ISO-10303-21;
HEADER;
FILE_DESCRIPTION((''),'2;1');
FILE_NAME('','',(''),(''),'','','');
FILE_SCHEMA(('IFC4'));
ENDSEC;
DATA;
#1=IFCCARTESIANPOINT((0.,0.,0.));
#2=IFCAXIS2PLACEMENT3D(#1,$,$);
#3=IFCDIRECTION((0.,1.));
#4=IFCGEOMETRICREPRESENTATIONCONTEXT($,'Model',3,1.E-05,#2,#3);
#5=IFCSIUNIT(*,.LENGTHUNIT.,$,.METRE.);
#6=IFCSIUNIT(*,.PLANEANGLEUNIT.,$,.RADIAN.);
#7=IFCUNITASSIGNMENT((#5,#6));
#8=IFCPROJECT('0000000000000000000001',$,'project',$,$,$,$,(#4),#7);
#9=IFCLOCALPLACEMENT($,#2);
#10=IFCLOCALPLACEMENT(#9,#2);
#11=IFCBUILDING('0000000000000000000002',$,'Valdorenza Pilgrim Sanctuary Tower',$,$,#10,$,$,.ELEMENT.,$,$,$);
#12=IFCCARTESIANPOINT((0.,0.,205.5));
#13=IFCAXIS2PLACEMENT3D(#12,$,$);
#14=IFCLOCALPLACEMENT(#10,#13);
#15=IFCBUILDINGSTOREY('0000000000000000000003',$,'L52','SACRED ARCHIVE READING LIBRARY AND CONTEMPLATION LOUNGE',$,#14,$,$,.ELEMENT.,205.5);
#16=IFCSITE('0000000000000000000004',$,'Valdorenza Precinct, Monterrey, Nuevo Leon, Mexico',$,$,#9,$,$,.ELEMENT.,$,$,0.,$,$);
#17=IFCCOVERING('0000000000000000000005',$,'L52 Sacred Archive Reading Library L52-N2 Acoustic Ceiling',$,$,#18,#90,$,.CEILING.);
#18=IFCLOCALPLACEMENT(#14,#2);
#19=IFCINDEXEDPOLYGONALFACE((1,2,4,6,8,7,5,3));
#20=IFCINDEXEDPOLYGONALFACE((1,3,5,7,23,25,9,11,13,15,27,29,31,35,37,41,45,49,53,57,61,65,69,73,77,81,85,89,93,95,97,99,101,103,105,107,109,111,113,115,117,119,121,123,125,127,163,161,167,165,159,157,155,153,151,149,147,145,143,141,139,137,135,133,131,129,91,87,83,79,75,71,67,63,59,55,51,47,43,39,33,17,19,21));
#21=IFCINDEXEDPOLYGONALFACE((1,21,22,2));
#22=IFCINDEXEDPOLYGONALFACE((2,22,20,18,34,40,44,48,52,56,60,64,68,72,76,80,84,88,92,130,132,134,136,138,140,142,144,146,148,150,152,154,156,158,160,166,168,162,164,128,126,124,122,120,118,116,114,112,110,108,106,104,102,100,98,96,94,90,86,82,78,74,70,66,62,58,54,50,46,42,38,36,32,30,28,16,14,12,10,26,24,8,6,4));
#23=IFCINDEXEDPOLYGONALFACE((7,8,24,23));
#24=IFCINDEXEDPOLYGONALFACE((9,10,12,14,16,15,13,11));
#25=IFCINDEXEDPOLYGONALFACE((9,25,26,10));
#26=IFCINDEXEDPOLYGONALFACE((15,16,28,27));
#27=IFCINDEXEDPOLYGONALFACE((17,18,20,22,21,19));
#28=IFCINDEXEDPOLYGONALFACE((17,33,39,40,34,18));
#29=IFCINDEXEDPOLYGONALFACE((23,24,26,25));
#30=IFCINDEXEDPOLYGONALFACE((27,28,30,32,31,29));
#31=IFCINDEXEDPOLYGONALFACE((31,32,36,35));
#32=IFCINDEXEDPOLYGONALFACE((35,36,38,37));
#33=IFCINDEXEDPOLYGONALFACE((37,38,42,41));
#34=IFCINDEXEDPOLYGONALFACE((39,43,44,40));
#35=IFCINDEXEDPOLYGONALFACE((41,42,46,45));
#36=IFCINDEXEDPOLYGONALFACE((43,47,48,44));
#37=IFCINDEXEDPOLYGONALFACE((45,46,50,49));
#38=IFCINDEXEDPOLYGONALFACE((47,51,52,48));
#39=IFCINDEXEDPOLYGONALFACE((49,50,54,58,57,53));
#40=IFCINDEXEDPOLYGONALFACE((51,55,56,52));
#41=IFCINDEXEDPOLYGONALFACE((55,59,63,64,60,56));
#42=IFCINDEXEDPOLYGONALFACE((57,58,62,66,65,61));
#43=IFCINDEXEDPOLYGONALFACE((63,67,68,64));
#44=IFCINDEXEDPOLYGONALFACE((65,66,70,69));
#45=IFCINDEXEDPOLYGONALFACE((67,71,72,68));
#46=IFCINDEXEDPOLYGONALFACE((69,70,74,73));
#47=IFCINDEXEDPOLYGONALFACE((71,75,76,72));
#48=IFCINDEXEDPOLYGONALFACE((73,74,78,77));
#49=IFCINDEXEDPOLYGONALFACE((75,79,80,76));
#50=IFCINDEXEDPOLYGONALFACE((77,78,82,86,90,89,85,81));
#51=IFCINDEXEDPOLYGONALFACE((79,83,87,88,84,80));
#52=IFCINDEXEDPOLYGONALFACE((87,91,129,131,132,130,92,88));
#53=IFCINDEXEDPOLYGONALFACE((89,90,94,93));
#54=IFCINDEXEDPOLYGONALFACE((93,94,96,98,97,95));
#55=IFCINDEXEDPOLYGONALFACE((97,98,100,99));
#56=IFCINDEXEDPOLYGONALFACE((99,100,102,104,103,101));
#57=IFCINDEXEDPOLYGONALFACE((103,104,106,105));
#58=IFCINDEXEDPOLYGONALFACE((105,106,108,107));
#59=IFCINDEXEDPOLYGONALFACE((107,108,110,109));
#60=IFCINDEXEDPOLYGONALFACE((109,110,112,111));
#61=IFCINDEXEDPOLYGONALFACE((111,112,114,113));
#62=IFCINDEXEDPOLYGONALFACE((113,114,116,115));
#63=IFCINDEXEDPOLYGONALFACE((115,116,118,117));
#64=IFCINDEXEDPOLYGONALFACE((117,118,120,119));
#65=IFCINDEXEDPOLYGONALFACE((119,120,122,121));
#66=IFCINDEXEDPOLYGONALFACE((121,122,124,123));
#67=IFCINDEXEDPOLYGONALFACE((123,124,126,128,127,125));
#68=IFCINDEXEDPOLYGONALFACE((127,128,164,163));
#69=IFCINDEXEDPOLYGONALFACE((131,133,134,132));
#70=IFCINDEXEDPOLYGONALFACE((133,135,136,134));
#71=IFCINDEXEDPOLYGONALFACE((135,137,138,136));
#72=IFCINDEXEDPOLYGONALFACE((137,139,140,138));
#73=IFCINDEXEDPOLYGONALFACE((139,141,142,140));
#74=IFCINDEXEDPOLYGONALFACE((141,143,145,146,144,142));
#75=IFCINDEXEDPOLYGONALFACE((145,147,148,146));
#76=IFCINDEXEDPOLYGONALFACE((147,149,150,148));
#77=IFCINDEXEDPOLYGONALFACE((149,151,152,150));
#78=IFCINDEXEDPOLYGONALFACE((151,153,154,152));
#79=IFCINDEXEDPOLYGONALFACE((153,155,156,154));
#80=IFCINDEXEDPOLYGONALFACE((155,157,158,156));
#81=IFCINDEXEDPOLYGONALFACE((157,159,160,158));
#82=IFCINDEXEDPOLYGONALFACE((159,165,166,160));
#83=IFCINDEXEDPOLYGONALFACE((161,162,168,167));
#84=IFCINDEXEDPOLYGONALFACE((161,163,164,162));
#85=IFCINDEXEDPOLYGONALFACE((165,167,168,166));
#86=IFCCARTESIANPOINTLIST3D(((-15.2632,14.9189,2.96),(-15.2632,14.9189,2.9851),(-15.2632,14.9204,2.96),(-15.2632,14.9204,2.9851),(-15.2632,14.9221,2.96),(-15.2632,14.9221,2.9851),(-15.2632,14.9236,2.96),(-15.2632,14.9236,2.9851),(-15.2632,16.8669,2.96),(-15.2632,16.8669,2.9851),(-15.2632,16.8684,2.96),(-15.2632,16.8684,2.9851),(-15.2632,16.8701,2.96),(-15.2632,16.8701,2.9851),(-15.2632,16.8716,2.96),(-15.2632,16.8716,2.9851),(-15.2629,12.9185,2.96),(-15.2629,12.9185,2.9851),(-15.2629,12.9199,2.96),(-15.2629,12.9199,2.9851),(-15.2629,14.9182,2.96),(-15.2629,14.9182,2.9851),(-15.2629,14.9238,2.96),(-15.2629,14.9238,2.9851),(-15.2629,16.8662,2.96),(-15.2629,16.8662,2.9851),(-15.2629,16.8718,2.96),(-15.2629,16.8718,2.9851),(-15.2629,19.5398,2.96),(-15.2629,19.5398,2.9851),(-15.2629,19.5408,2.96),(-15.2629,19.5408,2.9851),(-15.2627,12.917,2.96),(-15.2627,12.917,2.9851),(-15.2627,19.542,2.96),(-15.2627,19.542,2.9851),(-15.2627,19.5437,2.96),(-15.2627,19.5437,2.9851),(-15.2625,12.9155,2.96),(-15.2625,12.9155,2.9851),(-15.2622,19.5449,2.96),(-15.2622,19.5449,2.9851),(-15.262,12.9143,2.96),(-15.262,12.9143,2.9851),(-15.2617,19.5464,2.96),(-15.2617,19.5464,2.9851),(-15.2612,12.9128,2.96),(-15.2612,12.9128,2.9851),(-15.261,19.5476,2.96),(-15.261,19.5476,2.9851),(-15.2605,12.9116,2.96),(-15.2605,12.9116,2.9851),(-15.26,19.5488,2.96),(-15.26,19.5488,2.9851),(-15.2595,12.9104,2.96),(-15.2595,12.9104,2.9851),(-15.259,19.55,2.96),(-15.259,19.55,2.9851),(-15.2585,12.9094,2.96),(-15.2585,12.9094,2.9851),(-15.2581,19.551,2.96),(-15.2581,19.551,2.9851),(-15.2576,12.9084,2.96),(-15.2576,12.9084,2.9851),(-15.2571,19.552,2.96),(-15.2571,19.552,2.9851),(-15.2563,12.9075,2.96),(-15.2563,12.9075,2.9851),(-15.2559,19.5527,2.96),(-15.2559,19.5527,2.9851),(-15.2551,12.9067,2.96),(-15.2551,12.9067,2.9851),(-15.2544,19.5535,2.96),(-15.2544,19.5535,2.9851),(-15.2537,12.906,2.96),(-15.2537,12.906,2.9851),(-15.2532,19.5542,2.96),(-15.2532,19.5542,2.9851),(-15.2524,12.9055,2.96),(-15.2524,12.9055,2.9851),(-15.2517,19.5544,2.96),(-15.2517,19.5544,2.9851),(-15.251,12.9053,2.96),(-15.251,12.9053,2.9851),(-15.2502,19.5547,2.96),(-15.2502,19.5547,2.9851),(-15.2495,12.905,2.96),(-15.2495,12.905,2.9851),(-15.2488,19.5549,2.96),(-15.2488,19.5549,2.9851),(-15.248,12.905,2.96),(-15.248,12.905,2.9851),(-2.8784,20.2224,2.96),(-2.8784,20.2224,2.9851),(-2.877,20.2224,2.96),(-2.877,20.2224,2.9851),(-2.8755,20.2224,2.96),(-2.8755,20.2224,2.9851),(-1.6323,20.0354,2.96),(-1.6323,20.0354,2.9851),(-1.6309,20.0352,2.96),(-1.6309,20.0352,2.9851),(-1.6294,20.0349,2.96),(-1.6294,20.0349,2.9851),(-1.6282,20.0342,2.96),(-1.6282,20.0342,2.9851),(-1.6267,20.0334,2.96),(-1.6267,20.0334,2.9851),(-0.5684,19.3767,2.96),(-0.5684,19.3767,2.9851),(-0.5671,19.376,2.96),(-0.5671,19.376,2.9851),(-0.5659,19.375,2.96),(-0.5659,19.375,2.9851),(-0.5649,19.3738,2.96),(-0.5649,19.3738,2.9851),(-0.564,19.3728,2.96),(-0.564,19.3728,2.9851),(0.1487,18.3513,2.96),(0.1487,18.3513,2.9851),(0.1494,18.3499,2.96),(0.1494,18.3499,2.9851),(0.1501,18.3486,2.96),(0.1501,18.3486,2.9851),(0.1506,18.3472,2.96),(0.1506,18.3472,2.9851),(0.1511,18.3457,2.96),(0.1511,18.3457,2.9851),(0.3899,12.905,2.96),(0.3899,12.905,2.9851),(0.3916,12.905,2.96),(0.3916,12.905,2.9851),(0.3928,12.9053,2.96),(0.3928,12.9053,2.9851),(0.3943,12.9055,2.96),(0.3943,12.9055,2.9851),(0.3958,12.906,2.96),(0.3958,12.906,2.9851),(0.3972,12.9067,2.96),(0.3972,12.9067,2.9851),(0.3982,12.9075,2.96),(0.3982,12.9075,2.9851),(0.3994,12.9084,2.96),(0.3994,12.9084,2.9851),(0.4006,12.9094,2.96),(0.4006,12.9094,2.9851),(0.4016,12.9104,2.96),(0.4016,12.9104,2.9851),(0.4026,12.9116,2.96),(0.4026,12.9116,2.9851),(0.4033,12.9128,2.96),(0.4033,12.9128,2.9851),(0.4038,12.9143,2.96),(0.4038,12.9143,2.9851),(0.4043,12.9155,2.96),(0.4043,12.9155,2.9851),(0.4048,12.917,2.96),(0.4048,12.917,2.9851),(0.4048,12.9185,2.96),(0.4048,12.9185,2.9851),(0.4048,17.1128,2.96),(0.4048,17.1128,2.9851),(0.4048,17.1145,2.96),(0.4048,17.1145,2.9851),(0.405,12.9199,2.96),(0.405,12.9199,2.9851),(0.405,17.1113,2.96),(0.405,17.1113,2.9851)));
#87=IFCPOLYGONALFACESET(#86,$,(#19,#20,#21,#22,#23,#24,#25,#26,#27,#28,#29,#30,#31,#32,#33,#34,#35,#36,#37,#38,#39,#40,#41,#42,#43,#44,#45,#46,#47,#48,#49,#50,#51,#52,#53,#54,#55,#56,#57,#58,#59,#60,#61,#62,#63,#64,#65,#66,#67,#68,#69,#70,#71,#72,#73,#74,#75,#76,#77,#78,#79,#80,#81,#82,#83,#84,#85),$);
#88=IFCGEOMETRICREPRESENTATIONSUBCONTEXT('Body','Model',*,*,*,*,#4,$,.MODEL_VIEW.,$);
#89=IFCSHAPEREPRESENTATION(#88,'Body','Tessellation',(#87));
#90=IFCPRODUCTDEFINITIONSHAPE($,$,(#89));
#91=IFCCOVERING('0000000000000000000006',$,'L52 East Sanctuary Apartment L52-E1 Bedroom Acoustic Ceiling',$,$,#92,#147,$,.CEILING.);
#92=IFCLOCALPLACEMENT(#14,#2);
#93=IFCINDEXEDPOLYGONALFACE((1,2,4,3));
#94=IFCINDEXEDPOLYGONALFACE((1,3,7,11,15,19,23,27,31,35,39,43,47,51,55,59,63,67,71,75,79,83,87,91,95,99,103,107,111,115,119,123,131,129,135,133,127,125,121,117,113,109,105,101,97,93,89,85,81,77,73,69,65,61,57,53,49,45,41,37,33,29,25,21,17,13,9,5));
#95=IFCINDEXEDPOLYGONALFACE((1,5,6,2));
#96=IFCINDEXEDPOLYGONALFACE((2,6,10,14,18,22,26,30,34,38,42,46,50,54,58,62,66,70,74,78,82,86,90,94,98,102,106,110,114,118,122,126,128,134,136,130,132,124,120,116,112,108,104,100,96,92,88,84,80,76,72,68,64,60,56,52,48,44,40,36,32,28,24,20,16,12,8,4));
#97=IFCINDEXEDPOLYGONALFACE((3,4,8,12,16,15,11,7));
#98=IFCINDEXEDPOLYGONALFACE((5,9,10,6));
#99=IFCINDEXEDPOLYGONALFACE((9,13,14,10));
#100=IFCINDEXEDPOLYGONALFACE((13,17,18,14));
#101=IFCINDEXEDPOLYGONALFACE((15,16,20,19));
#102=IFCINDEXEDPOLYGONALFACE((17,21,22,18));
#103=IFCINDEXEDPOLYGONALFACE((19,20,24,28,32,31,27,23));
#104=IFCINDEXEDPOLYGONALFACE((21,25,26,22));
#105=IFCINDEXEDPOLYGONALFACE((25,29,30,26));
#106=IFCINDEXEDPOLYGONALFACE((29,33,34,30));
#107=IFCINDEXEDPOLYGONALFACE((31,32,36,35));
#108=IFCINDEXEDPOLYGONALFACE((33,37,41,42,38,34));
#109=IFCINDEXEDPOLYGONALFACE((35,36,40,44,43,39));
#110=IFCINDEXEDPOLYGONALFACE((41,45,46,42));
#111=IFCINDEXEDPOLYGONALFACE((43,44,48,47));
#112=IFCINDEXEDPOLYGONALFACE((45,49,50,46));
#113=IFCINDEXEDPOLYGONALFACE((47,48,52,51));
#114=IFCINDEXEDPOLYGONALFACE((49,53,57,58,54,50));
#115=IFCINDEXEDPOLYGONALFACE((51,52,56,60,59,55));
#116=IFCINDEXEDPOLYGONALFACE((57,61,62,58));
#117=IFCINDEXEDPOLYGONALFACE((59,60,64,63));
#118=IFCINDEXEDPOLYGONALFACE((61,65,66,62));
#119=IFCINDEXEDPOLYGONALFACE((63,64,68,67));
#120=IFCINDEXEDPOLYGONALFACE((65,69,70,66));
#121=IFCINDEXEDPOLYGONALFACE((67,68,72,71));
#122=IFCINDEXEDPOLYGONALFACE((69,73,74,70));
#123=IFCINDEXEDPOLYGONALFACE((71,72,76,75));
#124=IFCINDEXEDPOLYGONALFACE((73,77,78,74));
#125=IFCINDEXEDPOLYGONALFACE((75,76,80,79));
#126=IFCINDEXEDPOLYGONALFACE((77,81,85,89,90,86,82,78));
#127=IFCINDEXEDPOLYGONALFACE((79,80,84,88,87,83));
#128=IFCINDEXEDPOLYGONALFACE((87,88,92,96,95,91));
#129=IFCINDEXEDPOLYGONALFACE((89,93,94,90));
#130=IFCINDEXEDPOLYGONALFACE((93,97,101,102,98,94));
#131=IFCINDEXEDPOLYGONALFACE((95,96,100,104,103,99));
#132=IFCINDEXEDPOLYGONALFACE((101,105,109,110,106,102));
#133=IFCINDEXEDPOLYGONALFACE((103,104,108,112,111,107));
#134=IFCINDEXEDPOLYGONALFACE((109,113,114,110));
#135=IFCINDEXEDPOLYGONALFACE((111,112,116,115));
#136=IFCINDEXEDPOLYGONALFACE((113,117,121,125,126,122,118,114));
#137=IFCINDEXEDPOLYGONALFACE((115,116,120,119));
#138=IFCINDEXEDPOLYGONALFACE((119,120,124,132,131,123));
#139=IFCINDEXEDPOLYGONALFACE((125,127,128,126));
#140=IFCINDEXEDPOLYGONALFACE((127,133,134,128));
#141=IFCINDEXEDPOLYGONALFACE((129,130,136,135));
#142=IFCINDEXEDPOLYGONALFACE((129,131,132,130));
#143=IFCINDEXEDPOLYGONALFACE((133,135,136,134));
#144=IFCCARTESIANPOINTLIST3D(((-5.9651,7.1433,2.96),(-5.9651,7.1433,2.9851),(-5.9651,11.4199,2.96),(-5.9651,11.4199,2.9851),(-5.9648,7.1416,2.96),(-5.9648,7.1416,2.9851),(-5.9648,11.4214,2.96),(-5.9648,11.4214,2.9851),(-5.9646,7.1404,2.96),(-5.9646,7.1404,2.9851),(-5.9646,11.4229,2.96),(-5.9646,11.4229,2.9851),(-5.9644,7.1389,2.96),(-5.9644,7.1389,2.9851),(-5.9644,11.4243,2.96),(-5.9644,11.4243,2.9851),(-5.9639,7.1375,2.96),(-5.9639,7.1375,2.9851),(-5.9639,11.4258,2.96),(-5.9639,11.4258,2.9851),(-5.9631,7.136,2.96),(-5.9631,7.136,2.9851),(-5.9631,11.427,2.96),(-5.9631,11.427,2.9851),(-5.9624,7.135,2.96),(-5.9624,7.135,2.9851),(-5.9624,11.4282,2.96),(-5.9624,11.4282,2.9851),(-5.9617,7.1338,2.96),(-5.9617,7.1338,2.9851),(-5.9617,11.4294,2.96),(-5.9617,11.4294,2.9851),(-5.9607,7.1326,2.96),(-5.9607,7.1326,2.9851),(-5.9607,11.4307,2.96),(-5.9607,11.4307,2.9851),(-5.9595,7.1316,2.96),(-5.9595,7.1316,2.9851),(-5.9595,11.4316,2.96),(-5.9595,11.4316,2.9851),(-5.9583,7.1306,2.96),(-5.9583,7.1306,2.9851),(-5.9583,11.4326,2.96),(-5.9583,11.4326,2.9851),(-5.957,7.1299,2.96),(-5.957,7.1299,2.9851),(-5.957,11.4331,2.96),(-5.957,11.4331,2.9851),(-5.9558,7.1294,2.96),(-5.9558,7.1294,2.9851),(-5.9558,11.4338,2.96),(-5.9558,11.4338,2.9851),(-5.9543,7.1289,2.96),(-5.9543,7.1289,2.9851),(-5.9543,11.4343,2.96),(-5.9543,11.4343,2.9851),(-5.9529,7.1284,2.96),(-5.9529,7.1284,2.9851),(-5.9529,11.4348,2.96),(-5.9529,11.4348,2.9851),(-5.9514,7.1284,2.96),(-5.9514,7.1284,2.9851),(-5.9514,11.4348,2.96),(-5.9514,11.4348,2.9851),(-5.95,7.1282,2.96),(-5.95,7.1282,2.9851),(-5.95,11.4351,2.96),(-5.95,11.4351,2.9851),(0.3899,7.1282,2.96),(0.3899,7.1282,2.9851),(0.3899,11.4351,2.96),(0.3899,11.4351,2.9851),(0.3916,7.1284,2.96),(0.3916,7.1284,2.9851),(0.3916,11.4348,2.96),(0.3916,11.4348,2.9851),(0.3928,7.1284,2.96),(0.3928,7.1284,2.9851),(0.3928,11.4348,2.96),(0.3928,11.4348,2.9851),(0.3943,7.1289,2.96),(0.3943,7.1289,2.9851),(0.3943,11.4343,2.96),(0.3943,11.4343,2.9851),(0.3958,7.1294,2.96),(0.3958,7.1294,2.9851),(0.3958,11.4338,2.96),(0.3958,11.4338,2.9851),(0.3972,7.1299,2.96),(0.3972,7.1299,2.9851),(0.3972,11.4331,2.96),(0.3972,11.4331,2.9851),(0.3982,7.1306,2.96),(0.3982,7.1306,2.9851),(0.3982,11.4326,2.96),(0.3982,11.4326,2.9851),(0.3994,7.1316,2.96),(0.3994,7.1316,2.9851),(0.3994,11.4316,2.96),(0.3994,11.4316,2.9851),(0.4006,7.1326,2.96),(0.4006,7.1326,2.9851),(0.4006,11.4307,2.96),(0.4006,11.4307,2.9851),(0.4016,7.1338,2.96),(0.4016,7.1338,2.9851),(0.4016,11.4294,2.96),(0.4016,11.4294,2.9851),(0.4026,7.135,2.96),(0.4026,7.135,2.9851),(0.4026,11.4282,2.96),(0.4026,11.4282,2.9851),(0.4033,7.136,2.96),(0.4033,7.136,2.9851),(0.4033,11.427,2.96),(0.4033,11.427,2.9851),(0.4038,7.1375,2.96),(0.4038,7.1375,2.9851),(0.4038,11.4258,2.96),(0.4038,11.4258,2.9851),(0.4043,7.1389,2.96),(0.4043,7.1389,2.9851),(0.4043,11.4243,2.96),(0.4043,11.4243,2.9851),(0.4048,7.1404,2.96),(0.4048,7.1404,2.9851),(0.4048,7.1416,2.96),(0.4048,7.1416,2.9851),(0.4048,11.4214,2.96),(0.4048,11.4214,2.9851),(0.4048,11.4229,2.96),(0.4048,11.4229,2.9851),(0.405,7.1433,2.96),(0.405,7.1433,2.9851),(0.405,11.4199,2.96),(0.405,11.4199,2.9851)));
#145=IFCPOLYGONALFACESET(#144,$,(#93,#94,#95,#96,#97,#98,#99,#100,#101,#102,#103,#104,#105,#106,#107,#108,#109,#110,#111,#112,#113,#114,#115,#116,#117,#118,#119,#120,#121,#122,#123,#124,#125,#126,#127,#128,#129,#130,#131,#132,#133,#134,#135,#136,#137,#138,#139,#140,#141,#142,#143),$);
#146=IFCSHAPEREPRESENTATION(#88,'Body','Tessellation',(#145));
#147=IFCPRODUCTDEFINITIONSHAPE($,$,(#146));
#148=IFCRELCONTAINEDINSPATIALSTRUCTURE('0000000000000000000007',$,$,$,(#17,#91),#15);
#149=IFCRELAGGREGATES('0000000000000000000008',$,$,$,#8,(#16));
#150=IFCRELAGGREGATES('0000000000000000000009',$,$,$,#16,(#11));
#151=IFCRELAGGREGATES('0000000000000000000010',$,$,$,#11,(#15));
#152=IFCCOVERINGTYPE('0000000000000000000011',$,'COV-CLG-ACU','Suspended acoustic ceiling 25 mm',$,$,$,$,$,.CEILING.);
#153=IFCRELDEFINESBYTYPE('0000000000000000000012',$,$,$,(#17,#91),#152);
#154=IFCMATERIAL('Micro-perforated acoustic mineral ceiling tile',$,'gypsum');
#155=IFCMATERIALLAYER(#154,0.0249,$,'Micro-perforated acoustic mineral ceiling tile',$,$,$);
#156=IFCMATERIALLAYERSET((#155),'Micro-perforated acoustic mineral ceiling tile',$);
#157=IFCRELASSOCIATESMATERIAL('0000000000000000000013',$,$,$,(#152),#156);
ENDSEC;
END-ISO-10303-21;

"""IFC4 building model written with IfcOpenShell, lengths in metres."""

from ifc_helpers import new_model, si_unit, direction, frame, origin, place, context, subcontext, project, spatial, polyline, outline, extrude, material, layer, layer_set, type_object, element, save


model = new_model("IFC4")

# Units and contexts
model_context = context("Model", 3, precision=1e-05, world=origin(), true_north=direction((0.0, 1.0)))
body_context = subcontext(model_context, "Body", "Model", "MODEL_VIEW")
ifc_project = project(units=[si_unit("LENGTHUNIT", "METRE"), si_unit("PLANEANGLEUNIT", "RADIAN")], contexts=[model_context])

# Site, building, storey
site_placement = place(None, origin())
site = spatial("IfcSite", under=ifc_project, at=site_placement, Name="Valdorenza Precinct, Monterrey, Nuevo Leon, Mexico", CompositionType="ELEMENT", RefElevation=0.0)
building_placement = place(site_placement, origin())
building = spatial("IfcBuilding", under=site, at=building_placement, Name="Valdorenza Pilgrim Sanctuary Tower", CompositionType="ELEMENT")
storey_placement = place(building_placement, frame((0.0, 0.0, 205.5)))
storey = spatial("IfcBuildingStorey", under=building, at=storey_placement, Name="L52", Description="SACRED ARCHIVE READING LIBRARY AND CONTEMPLATION LOUNGE", CompositionType="ELEMENT", Elevation=205.5)

# Coverings
ifc_material_1 = material(Name="Micro-perforated acoustic mineral ceiling tile", Category="gypsum")
ifc_layer_1 = layer(ifc_material_1, 0.0249, Name="Micro-perforated acoustic mineral ceiling tile")
ifc_layer_set_1 = layer_set([ifc_layer_1], Name="Micro-perforated acoustic mineral ceiling tile")
covering_type_1 = type_object("IfcCoveringType", Name="COV-CLG-ACU", Description="Suspended acoustic ceiling 25 mm", PredefinedType="CEILING", material=ifc_layer_set_1)
covering_1_placement = place(storey_placement, frame((0.0, 0.0, 2.96)))
element("IfcCovering", 1, at=covering_1_placement, inside=storey, type_object=covering_type_1, Name="L52 Sacred Archive Reading Library L52-N2 Acoustic Ceiling", PredefinedType="CEILING", context=body_context, shape_type="SweptSolid", body=[
    extrude(outline(polyline([(-15.2629, 14.9182), (-15.2632, 14.9189), (-15.2632, 14.9204), (-15.2632, 14.9221), (-15.2632, 14.9236), (-15.2629, 14.9238), (-15.2629, 16.8662), (-15.2632, 16.8669), (-15.2632, 16.8684), (-15.2632, 16.8701), (-15.2632, 16.8716), (-15.2629, 16.8718), (-15.2629, 19.5398), (-15.2629, 19.5398), (-15.2629, 19.5408), (-15.2627, 19.542), (-15.2627, 19.5437), (-15.2622, 19.5449), (-15.2617, 19.5464), (-15.261, 19.5476), (-15.26, 19.5488), (-15.259, 19.55), (-15.2581, 19.551), (-15.2571, 19.552), (-15.2559, 19.5527), (-15.2544, 19.5535), (-15.2532, 19.5542), (-15.2517, 19.5544), (-15.2502, 19.5547), (-15.2488, 19.5549), (-2.8784, 20.2224), (-2.877, 20.2224), (-2.8755, 20.2224), (-1.6323, 20.0354), (-1.6309, 20.0352), (-1.6294, 20.0349), (-1.6282, 20.0342), (-1.6267, 20.0334), (-0.5684, 19.3767), (-0.5671, 19.376), (-0.5659, 19.375), (-0.5649, 19.3738), (-0.564, 19.3728), (0.1487, 18.3513), (0.1494, 18.3499), (0.1501, 18.3486), (0.1506, 18.3472), (0.1511, 18.3457), (0.4048, 17.1145), (0.4048, 17.1128), (0.405, 17.1113), (0.405, 12.9199), (0.4048, 12.9185), (0.4048, 12.917), (0.4043, 12.9155), (0.4038, 12.9143), (0.4033, 12.9128), (0.4026, 12.9116), (0.4016, 12.9104), (0.4006, 12.9094), (0.3994, 12.9084), (0.3982, 12.9075), (0.3972, 12.9067), (0.3958, 12.906), (0.3943, 12.9055), (0.3928, 12.9053), (0.3916, 12.905), (0.3899, 12.905), (-15.248, 12.905), (-15.2495, 12.905), (-15.251, 12.9053), (-15.2524, 12.9055), (-15.2537, 12.906), (-15.2551, 12.9067), (-15.2563, 12.9075), (-15.2576, 12.9084), (-15.2585, 12.9094), (-15.2595, 12.9104), (-15.2605, 12.9116), (-15.2612, 12.9128), (-15.262, 12.9143), (-15.2625, 12.9155), (-15.2627, 12.917), (-15.2629, 12.9185), (-15.2629, 12.9199), (-15.2629, 14.9182)])), origin(), (0.0, 0.0, 1.0), 0.0251),
])
covering_2_placement = place(storey_placement, frame((0.0, 0.0, 2.96)))
element("IfcCovering", 2, at=covering_2_placement, inside=storey, type_object=covering_type_1, Name="L52 East Sanctuary Apartment L52-E1 Bedroom Acoustic Ceiling", PredefinedType="CEILING", context=body_context, shape_type="SweptSolid", body=[
    extrude(outline(polyline([(-5.9651, 11.4199), (-5.9648, 11.4214), (-5.9646, 11.4229), (-5.9644, 11.4243), (-5.9639, 11.4258), (-5.9631, 11.427), (-5.9624, 11.4282), (-5.9617, 11.4294), (-5.9607, 11.4307), (-5.9595, 11.4316), (-5.9583, 11.4326), (-5.957, 11.4331), (-5.9558, 11.4338), (-5.9543, 11.4343), (-5.9529, 11.4348), (-5.9514, 11.4348), (-5.95, 11.4351), (0.3899, 11.4351), (0.3916, 11.4348), (0.3928, 11.4348), (0.3943, 11.4343), (0.3958, 11.4338), (0.3972, 11.4331), (0.3982, 11.4326), (0.3994, 11.4316), (0.4006, 11.4307), (0.4016, 11.4294), (0.4026, 11.4282), (0.4033, 11.427), (0.4038, 11.4258), (0.4043, 11.4243), (0.4048, 11.4229), (0.4048, 11.4214), (0.405, 11.4199), (0.405, 7.1433), (0.4048, 7.1416), (0.4048, 7.1404), (0.4043, 7.1389), (0.4038, 7.1375), (0.4033, 7.136), (0.4026, 7.135), (0.4016, 7.1338), (0.4006, 7.1326), (0.3994, 7.1316), (0.3982, 7.1306), (0.3972, 7.1299), (0.3958, 7.1294), (0.3943, 7.1289), (0.3928, 7.1284), (0.3916, 7.1284), (0.3899, 7.1282), (-5.95, 7.1282), (-5.9514, 7.1284), (-5.9529, 7.1284), (-5.9543, 7.1289), (-5.9558, 7.1294), (-5.957, 7.1299), (-5.9583, 7.1306), (-5.9595, 7.1316), (-5.9607, 7.1326), (-5.9617, 7.1338), (-5.9624, 7.135), (-5.9631, 7.136), (-5.9639, 7.1375), (-5.9644, 7.1389), (-5.9646, 7.1404), (-5.9648, 7.1416), (-5.9651, 7.1433), (-5.9651, 11.4199)])), origin(), (0.0, 0.0, 1.0), 0.0251),
])

save(model, "model.ifc")
